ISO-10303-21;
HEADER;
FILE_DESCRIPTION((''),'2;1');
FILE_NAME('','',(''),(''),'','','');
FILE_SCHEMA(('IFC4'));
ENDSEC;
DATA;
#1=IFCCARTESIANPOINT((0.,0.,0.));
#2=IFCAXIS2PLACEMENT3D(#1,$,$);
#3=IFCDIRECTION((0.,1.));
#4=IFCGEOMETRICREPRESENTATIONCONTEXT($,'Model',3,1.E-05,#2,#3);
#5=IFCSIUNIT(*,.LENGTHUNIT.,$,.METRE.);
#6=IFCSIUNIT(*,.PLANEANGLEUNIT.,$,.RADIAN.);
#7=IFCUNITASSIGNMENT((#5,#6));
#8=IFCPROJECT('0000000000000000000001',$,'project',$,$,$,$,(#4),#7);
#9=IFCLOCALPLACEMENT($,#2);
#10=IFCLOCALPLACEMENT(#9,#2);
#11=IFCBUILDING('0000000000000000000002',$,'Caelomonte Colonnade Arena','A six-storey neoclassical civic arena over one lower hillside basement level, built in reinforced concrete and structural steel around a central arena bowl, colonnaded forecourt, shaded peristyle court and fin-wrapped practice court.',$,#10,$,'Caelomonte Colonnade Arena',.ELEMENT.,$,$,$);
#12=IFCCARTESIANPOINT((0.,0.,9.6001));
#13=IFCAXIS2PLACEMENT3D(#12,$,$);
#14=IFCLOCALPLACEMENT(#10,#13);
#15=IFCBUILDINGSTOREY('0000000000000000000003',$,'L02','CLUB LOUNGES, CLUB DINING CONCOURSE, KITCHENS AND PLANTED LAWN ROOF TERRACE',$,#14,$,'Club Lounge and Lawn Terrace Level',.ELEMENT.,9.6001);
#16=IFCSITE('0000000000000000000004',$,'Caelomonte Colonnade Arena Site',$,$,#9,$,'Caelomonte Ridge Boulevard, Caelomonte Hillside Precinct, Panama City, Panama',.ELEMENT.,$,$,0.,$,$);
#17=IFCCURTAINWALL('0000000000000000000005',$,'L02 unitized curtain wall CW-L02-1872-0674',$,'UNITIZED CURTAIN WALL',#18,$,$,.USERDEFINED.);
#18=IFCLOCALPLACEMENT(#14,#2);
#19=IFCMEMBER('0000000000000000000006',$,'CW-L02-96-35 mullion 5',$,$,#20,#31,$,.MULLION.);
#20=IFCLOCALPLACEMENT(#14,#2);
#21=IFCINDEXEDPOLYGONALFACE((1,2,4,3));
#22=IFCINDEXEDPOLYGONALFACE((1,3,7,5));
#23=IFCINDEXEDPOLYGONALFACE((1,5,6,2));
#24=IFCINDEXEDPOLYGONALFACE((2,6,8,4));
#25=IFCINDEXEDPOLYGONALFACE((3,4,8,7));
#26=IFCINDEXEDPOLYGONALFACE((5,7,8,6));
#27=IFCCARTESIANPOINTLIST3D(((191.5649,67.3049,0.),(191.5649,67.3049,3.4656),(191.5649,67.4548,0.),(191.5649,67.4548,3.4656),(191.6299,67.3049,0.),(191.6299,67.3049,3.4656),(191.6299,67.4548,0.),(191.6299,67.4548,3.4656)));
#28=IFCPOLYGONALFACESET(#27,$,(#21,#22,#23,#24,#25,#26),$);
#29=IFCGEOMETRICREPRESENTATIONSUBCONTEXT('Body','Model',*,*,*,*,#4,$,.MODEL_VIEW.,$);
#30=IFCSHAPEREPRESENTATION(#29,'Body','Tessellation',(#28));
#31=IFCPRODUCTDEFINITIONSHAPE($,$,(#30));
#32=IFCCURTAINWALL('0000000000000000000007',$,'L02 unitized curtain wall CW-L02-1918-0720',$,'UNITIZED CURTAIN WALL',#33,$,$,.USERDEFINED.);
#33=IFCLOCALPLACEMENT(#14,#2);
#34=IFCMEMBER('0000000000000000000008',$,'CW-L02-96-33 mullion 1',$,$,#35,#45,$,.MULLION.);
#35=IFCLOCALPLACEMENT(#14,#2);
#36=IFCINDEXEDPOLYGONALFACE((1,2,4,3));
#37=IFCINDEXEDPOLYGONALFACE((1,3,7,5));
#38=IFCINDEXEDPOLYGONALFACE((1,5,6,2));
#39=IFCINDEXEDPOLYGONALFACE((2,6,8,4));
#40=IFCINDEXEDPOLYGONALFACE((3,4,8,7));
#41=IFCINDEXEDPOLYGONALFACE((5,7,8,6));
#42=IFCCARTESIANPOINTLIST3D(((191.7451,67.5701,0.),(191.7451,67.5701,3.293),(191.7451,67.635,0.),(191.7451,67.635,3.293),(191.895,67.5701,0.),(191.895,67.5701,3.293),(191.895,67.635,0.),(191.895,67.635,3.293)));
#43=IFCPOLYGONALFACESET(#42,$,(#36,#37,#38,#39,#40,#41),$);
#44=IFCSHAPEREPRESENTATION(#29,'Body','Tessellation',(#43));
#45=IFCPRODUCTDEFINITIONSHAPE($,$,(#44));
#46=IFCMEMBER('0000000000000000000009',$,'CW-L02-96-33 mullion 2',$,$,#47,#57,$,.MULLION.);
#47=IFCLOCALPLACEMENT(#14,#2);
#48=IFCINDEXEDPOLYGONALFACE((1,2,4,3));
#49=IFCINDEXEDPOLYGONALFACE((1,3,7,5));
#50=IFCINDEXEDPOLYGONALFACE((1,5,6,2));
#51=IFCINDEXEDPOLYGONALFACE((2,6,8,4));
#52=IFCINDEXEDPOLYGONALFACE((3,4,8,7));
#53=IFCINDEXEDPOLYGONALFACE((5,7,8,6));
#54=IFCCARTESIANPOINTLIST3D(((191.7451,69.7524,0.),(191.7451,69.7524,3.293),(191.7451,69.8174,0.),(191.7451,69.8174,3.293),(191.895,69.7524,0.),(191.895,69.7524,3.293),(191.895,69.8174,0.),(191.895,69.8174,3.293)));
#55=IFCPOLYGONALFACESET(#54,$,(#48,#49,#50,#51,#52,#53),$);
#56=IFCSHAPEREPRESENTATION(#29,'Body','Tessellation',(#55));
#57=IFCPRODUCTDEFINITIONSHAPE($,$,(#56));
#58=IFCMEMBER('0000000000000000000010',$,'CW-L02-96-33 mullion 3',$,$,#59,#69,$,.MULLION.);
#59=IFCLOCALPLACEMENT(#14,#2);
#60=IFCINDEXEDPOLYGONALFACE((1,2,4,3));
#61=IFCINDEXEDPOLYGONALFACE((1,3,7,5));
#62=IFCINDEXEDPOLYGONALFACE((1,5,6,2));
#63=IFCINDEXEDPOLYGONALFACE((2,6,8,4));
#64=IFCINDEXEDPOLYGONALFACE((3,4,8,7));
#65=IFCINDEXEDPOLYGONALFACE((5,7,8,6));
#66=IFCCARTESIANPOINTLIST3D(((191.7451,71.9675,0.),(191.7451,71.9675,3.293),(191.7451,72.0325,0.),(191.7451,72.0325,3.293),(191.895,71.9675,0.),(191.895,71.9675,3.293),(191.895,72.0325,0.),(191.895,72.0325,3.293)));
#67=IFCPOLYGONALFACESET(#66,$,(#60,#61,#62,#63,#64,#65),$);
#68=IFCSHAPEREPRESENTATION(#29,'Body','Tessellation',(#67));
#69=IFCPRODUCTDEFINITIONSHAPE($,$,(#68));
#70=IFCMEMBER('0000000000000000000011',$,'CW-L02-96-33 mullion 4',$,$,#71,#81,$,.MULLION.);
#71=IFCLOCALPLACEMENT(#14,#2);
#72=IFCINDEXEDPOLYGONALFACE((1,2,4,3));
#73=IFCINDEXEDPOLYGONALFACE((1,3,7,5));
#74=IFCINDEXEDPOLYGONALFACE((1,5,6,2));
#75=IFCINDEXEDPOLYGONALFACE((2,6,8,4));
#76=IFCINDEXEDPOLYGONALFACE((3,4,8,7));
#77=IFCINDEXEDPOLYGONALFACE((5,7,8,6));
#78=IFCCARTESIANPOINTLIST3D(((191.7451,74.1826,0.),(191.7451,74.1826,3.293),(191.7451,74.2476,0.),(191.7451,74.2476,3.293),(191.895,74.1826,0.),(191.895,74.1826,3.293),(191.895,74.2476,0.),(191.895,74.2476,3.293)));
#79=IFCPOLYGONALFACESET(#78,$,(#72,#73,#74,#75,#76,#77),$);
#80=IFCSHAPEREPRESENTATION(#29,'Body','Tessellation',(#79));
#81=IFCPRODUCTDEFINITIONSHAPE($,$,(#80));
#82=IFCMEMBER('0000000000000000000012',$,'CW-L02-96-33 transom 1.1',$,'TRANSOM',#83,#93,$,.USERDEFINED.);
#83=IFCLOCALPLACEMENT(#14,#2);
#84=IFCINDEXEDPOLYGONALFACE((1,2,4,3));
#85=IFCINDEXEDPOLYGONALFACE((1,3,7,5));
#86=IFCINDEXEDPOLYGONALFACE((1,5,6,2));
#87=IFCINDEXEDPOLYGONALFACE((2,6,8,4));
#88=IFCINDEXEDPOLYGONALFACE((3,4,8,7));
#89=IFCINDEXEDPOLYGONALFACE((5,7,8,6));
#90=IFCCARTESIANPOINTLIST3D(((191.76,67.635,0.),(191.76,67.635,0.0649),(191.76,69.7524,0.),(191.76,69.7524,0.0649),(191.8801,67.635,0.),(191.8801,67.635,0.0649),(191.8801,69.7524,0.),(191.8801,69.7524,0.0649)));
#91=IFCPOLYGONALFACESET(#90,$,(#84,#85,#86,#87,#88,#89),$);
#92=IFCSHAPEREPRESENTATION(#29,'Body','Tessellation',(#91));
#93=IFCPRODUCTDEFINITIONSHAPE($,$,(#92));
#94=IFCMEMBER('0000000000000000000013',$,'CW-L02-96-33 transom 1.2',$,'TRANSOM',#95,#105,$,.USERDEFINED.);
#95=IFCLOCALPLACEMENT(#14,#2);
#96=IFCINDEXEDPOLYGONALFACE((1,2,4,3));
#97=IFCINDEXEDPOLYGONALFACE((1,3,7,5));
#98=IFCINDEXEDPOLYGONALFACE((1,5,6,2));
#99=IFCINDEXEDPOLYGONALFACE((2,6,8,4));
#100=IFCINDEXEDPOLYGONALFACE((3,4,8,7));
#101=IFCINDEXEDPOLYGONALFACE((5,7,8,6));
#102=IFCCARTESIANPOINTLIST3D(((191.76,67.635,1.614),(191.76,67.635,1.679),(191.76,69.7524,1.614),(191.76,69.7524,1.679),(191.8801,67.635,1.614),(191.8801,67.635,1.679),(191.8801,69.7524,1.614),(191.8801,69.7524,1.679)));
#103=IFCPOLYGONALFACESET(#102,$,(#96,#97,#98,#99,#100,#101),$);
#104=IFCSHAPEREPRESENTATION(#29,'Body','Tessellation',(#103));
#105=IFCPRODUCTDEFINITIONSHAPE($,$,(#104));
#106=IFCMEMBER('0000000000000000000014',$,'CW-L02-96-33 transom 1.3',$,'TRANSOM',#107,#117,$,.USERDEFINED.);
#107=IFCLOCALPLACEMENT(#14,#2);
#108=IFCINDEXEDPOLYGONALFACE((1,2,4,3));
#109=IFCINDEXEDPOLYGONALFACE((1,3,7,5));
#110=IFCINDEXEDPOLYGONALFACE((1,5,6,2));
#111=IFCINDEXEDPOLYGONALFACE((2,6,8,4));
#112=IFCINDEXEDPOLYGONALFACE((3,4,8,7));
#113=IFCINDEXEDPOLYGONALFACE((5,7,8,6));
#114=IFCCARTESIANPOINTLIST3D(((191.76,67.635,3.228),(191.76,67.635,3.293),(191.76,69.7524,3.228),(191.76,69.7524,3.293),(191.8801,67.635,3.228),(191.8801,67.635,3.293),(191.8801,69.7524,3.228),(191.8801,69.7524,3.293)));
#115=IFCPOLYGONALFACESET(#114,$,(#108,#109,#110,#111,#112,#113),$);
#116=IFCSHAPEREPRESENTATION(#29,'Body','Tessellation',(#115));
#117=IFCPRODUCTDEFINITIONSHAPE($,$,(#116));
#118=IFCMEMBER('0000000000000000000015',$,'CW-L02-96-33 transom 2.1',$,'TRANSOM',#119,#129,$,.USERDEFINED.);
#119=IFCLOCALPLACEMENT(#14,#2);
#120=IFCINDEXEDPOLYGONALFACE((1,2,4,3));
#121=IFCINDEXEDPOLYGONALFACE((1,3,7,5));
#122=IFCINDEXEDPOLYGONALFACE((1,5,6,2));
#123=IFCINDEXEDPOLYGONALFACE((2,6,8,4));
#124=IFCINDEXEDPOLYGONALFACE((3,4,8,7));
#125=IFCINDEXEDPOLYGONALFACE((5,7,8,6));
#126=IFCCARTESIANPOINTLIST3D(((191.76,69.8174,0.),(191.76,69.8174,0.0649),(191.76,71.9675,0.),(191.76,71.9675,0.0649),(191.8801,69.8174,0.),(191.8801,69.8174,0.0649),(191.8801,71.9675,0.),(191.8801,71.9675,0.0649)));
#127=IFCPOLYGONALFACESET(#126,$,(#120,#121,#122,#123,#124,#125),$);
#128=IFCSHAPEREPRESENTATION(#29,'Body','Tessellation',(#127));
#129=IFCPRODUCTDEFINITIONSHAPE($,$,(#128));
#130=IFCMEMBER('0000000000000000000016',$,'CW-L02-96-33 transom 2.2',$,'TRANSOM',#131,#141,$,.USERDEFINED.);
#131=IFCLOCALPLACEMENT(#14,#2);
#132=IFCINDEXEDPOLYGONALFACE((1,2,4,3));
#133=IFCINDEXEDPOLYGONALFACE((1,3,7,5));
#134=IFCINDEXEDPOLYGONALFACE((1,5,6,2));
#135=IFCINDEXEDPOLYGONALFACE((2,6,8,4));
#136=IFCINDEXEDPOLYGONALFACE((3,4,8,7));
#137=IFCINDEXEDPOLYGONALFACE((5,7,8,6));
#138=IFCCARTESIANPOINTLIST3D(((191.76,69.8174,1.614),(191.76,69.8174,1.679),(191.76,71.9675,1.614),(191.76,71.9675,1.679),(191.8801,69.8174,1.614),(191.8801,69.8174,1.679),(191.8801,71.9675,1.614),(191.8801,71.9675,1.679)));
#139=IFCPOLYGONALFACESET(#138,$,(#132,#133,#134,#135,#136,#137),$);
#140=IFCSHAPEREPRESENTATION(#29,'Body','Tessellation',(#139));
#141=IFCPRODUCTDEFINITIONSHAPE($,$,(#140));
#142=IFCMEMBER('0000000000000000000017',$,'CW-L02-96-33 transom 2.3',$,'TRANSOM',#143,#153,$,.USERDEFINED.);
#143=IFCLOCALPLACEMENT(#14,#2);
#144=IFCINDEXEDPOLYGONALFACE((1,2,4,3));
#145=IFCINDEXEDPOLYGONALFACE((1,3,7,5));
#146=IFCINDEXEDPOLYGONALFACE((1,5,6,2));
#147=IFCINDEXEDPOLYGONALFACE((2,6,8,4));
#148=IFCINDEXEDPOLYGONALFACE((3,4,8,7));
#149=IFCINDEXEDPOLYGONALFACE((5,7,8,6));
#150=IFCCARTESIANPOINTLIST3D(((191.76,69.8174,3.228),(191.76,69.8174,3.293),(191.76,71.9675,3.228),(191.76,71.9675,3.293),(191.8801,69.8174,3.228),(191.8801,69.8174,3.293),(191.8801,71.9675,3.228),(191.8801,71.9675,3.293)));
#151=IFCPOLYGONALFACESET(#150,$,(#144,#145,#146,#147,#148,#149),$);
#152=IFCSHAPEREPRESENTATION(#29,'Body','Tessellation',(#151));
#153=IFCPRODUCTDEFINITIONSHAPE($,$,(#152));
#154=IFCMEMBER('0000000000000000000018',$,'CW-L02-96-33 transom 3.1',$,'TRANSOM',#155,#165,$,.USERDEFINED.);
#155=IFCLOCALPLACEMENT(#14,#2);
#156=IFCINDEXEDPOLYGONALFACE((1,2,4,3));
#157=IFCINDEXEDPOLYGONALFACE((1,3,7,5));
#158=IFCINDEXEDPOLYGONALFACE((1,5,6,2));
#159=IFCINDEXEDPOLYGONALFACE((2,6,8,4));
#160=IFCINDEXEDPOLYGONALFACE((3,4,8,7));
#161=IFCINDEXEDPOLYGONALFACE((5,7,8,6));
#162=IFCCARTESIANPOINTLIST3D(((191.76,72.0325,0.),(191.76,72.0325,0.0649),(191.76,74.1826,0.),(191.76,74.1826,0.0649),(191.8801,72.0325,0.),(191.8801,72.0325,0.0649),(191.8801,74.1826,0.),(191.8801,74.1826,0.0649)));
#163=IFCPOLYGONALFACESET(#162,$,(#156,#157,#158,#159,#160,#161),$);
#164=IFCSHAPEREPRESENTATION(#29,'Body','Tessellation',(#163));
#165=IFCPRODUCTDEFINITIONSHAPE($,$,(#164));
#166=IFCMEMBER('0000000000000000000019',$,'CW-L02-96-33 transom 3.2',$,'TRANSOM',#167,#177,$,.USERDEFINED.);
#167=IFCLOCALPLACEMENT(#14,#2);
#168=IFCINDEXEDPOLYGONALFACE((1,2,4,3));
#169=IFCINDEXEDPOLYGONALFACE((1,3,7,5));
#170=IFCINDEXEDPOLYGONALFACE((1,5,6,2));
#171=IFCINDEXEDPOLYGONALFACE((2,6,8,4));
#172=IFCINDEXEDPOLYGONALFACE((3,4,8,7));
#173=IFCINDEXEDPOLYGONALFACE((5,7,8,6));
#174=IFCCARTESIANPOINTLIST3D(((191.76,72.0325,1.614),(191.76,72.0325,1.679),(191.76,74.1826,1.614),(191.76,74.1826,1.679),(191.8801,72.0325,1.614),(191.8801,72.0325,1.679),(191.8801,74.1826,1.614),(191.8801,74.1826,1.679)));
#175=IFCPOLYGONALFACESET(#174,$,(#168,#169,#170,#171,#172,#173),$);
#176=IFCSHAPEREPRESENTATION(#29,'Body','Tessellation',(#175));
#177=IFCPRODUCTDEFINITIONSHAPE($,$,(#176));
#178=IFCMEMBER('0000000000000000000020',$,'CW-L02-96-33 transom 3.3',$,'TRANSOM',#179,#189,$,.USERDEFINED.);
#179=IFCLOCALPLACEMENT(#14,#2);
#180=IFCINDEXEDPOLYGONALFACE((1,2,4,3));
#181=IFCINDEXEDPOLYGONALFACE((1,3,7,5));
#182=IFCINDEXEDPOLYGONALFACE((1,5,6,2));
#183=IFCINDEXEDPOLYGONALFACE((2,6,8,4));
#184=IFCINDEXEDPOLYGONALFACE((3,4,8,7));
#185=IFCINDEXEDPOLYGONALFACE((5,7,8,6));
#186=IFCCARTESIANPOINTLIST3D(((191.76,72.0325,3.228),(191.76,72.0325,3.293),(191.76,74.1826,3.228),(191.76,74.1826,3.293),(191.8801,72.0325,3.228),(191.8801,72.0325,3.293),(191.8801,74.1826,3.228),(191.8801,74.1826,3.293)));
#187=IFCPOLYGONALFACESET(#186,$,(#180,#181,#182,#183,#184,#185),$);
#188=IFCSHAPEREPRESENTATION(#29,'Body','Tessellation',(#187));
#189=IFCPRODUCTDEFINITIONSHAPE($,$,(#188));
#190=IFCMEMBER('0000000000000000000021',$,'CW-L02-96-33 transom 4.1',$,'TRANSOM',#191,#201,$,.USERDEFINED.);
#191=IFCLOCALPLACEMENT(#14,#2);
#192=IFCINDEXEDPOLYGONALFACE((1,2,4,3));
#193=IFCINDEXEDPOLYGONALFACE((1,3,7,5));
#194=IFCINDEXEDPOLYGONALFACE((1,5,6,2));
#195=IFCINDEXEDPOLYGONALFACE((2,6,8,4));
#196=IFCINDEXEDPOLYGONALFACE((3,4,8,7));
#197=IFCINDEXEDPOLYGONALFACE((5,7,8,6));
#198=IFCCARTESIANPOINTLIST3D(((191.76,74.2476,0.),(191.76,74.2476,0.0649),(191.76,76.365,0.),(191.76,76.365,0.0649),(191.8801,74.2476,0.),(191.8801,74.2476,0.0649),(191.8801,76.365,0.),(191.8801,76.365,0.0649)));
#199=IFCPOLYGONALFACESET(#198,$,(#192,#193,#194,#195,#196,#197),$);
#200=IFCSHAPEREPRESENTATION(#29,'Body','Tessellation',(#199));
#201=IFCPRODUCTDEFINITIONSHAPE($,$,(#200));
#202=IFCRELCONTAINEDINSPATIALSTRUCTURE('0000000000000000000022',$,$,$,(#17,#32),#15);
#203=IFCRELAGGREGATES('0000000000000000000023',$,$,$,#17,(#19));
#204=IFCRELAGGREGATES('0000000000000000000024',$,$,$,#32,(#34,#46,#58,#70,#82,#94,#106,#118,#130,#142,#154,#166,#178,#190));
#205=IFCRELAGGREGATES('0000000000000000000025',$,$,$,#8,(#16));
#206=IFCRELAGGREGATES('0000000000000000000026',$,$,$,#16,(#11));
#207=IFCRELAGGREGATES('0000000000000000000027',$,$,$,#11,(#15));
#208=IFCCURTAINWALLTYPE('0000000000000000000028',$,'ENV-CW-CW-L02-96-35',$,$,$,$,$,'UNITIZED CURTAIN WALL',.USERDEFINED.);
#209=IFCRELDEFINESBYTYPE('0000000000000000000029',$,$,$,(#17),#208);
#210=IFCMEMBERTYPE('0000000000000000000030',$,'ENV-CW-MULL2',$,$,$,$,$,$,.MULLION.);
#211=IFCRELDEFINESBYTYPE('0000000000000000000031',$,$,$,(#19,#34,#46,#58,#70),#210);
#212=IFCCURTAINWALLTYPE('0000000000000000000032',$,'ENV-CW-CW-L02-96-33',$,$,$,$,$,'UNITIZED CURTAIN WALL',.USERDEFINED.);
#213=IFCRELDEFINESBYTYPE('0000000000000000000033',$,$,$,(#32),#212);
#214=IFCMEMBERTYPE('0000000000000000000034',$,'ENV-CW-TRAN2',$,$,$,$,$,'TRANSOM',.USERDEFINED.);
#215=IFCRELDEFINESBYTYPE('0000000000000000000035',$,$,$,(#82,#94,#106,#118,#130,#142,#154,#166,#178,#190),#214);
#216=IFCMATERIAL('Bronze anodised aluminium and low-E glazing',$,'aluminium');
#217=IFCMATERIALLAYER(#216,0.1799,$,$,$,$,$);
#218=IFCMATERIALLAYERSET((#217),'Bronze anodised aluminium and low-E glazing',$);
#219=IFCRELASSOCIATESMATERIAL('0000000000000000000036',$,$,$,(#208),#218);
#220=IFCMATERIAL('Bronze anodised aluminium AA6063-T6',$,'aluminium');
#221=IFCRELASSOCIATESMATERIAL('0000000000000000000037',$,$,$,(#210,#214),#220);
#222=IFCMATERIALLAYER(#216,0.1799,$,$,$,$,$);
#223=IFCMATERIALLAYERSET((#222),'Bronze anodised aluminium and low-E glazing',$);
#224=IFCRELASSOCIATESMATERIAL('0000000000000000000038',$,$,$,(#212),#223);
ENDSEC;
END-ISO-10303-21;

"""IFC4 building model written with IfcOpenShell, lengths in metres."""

from ifc_helpers import new_model, si_unit, direction, frame, origin, origin_2d, place, context, subcontext, project, spatial, rectangle, extrude, material, layer, layer_set, material_profile, profile_set, type_object, element, aggregate, save


model = new_model("IFC4")

# Units and contexts
model_context = context("Model", 3, precision=1e-05, world=origin(), true_north=direction((0.0, 1.0)))
body_context = subcontext(model_context, "Body", "Model", "MODEL_VIEW")
ifc_project = project(units=[si_unit("LENGTHUNIT", "METRE"), si_unit("PLANEANGLEUNIT", "RADIAN")], contexts=[model_context])

# Site, building, storey
site_placement = place(None, origin())
site = spatial("IfcSite", under=ifc_project, at=site_placement, Name="Caelomonte Colonnade Arena Site", LongName="Caelomonte Ridge Boulevard, Caelomonte Hillside Precinct, Panama City, Panama", CompositionType="ELEMENT", RefElevation=0.0)
building_placement = place(site_placement, origin())
building = spatial("IfcBuilding", under=site, at=building_placement, Name="Caelomonte Colonnade Arena", Description="A six-storey neoclassical civic arena over one lower hillside basement level, built in reinforced concrete and structural steel around a central arena bowl, colonnaded forecourt, shaded peristyle court and fin-wrapped practice court.", LongName="Caelomonte Colonnade Arena", CompositionType="ELEMENT")
storey_placement = place(building_placement, frame((0.0, 0.0, 9.6001)))
storey = spatial("IfcBuildingStorey", under=building, at=storey_placement, Name="L02", Description="CLUB LOUNGES, CLUB DINING CONCOURSE, KITCHENS AND PLANTED LAWN ROOF TERRACE", LongName="Club Lounge and Lawn Terrace Level", CompositionType="ELEMENT", Elevation=9.6001)

# Curtain wall, member
ifc_material_1 = material(Name="Bronze anodised aluminium and low-E glazing", Category="aluminium")
ifc_layer_1 = layer(ifc_material_1, 0.1799)
ifc_layer_set_1 = layer_set([ifc_layer_1], Name="Bronze anodised aluminium and low-E glazing")
curtain_wall_type_1 = type_object("IfcCurtainWallType", Name="ENV-CW-CW-L02-96-35", ElementType="UNITIZED CURTAIN WALL", PredefinedType="USERDEFINED", material=ifc_layer_set_1)
curtain_wall_1_placement = place(storey_placement, origin())
curtain_wall_1 = element("IfcCurtainWall", 1, at=curtain_wall_1_placement, inside=storey, type_object=curtain_wall_type_1, Name="L02 unitized curtain wall CW-L02-1872-0674", ObjectType="UNITIZED CURTAIN WALL", PredefinedType="USERDEFINED")
ifc_material_2 = material(Name="Bronze anodised aluminium AA6063-T6", Category="aluminium")
ifc_material_profile_1 = material_profile(ifc_material_2, rectangle(XDim=0.0649, YDim=0.1499, at=origin_2d()), Name="CWM-65X150")
ifc_profile_set_1 = profile_set([ifc_material_profile_1], Name="Bronze anodised aluminium AA6063-T6")
member_type_1 = type_object("IfcMemberType", Name="ENV-CW-MULL2", PredefinedType="MULLION", material=ifc_profile_set_1)
member_1_placement = place(storey_placement, frame((191.5974, 67.3799, 0.0), z_axis=(0.0, 0.0, 1.0), x_axis=(1.0, 0.0, 0.0)))
member_1 = element("IfcMember", 2, at=member_1_placement, type_object=member_type_1, Name="CW-L02-96-35 mullion 5", PredefinedType="MULLION", context=body_context, shape_type="SweptSolid", body=[
    extrude(rectangle(XDim=0.0649, YDim=0.1499, at=origin_2d()), origin(), (0.0, 0.0, 1.0), 3.4656),
])

# Curtain wall, members
ifc_layer_2 = layer(ifc_material_1, 0.1799)
ifc_layer_set_2 = layer_set([ifc_layer_2], Name="Bronze anodised aluminium and low-E glazing")
curtain_wall_type_2 = type_object("IfcCurtainWallType", Name="ENV-CW-CW-L02-96-33", ElementType="UNITIZED CURTAIN WALL", PredefinedType="USERDEFINED", material=ifc_layer_set_2)
curtain_wall_2_placement = place(storey_placement, origin())
curtain_wall_2 = element("IfcCurtainWall", 3, at=curtain_wall_2_placement, inside=storey, type_object=curtain_wall_type_2, Name="L02 unitized curtain wall CW-L02-1918-0720", ObjectType="UNITIZED CURTAIN WALL", PredefinedType="USERDEFINED")
member_2_placement = place(storey_placement, frame((191.8201, 67.6025, 0.0), z_axis=(0.0, 0.0, 1.0), x_axis=(0.0, 1.0, 0.0)))
member_2 = element("IfcMember", 4, at=member_2_placement, type_object=member_type_1, Name="CW-L02-96-33 mullion 1", PredefinedType="MULLION", context=body_context, shape_type="SweptSolid", body=[
    extrude(rectangle(XDim=0.0649, YDim=0.1499, at=origin_2d()), origin(), (0.0, 0.0, 1.0), 3.293),
])
member_3_placement = place(storey_placement, frame((191.8201, 69.7849, 0.0), z_axis=(0.0, 0.0, 1.0), x_axis=(0.0, 1.0, 0.0)))
member_3 = element("IfcMember", 5, at=member_3_placement, type_object=member_type_1, Name="CW-L02-96-33 mullion 2", PredefinedType="MULLION", context=body_context, shape_type="SweptSolid", body=[
    extrude(rectangle(XDim=0.0649, YDim=0.1499, at=origin_2d()), origin(), (0.0, 0.0, 1.0), 3.293),
])
member_4_placement = place(storey_placement, frame((191.8201, 72.0, 0.0), z_axis=(0.0, 0.0, 1.0), x_axis=(0.0, 1.0, 0.0)))
member_4 = element("IfcMember", 6, at=member_4_placement, type_object=member_type_1, Name="CW-L02-96-33 mullion 3", PredefinedType="MULLION", context=body_context, shape_type="SweptSolid", body=[
    extrude(rectangle(XDim=0.0649, YDim=0.1499, at=origin_2d()), origin(), (0.0, 0.0, 1.0), 3.293),
])
member_5_placement = place(storey_placement, frame((191.8201, 74.2151, 0.0), z_axis=(0.0, 0.0, 1.0), x_axis=(0.0, 1.0, 0.0)))
member_5 = element("IfcMember", 7, at=member_5_placement, type_object=member_type_1, Name="CW-L02-96-33 mullion 4", PredefinedType="MULLION", context=body_context, shape_type="SweptSolid", body=[
    extrude(rectangle(XDim=0.0649, YDim=0.1499, at=origin_2d()), origin(), (0.0, 0.0, 1.0), 3.293),
])
ifc_material_profile_2 = material_profile(ifc_material_2, rectangle(XDim=0.0649, YDim=0.1201, at=origin_2d()), Name="CWT-65X120")
ifc_profile_set_2 = profile_set([ifc_material_profile_2], Name="Bronze anodised aluminium AA6063-T6")
member_type_2 = type_object("IfcMemberType", Name="ENV-CW-TRAN2", ElementType="TRANSOM", PredefinedType="USERDEFINED", material=ifc_profile_set_2)
member_6_placement = place(storey_placement, frame((191.8201, 67.635, 0.0325), z_axis=(0.0, 1.0, 0.0), x_axis=(0.0, 0.0, 1.0)))
member_6 = element("IfcMember", 8, at=member_6_placement, type_object=member_type_2, Name="CW-L02-96-33 transom 1.1", ObjectType="TRANSOM", PredefinedType="USERDEFINED", context=body_context, shape_type="SweptSolid", body=[
    extrude(rectangle(XDim=0.0649, YDim=0.1201, at=origin_2d()), origin(), (0.0, 0.0, 1.0), 2.1174),
])
member_7_placement = place(storey_placement, frame((191.8201, 67.635, 1.6465), z_axis=(0.0, 1.0, 0.0), x_axis=(0.0, 0.0, 1.0)))
member_7 = element("IfcMember", 9, at=member_7_placement, type_object=member_type_2, Name="CW-L02-96-33 transom 1.2", ObjectType="TRANSOM", PredefinedType="USERDEFINED", context=body_context, shape_type="SweptSolid", body=[
    extrude(rectangle(XDim=0.0649, YDim=0.1201, at=origin_2d()), origin(), (0.0, 0.0, 1.0), 2.1174),
])
member_8_placement = place(storey_placement, frame((191.8201, 67.635, 3.2605), z_axis=(0.0, 1.0, 0.0), x_axis=(0.0, 0.0, 1.0)))
member_8 = element("IfcMember", 10, at=member_8_placement, type_object=member_type_2, Name="CW-L02-96-33 transom 1.3", ObjectType="TRANSOM", PredefinedType="USERDEFINED", context=body_context, shape_type="SweptSolid", body=[
    extrude(rectangle(XDim=0.0649, YDim=0.1201, at=origin_2d()), origin(), (0.0, 0.0, 1.0), 2.1174),
])
member_9_placement = place(storey_placement, frame((191.8201, 69.8174, 0.0325), z_axis=(0.0, 1.0, 0.0), x_axis=(0.0, 0.0, 1.0)))
member_9 = element("IfcMember", 11, at=member_9_placement, type_object=member_type_2, Name="CW-L02-96-33 transom 2.1", ObjectType="TRANSOM", PredefinedType="USERDEFINED", context=body_context, shape_type="SweptSolid", body=[
    extrude(rectangle(XDim=0.0649, YDim=0.1201, at=origin_2d()), origin(), (0.0, 0.0, 1.0), 2.1501),
])
member_10_placement = place(storey_placement, frame((191.8201, 69.8174, 1.6465), z_axis=(0.0, 1.0, 0.0), x_axis=(0.0, 0.0, 1.0)))
member_10 = element("IfcMember", 12, at=member_10_placement, type_object=member_type_2, Name="CW-L02-96-33 transom 2.2", ObjectType="TRANSOM", PredefinedType="USERDEFINED", context=body_context, shape_type="SweptSolid", body=[
    extrude(rectangle(XDim=0.0649, YDim=0.1201, at=origin_2d()), origin(), (0.0, 0.0, 1.0), 2.1501),
])
member_11_placement = place(storey_placement, frame((191.8201, 69.8174, 3.2605), z_axis=(0.0, 1.0, 0.0), x_axis=(0.0, 0.0, 1.0)))
member_11 = element("IfcMember", 13, at=member_11_placement, type_object=member_type_2, Name="CW-L02-96-33 transom 2.3", ObjectType="TRANSOM", PredefinedType="USERDEFINED", context=body_context, shape_type="SweptSolid", body=[
    extrude(rectangle(XDim=0.0649, YDim=0.1201, at=origin_2d()), origin(), (0.0, 0.0, 1.0), 2.1501),
])
member_12_placement = place(storey_placement, frame((191.8201, 72.0325, 0.0325), z_axis=(0.0, 1.0, 0.0), x_axis=(0.0, 0.0, 1.0)))
member_12 = element("IfcMember", 14, at=member_12_placement, type_object=member_type_2, Name="CW-L02-96-33 transom 3.1", ObjectType="TRANSOM", PredefinedType="USERDEFINED", context=body_context, shape_type="SweptSolid", body=[
    extrude(rectangle(XDim=0.0649, YDim=0.1201, at=origin_2d()), origin(), (0.0, 0.0, 1.0), 2.1501),
])
member_13_placement = place(storey_placement, frame((191.8201, 72.0325, 1.6465), z_axis=(0.0, 1.0, 0.0), x_axis=(0.0, 0.0, 1.0)))
member_13 = element("IfcMember", 15, at=member_13_placement, type_object=member_type_2, Name="CW-L02-96-33 transom 3.2", ObjectType="TRANSOM", PredefinedType="USERDEFINED", context=body_context, shape_type="SweptSolid", body=[
    extrude(rectangle(XDim=0.0649, YDim=0.1201, at=origin_2d()), origin(), (0.0, 0.0, 1.0), 2.1501),
])
member_14_placement = place(storey_placement, frame((191.8201, 72.0325, 3.2605), z_axis=(0.0, 1.0, 0.0), x_axis=(0.0, 0.0, 1.0)))
member_14 = element("IfcMember", 16, at=member_14_placement, type_object=member_type_2, Name="CW-L02-96-33 transom 3.3", ObjectType="TRANSOM", PredefinedType="USERDEFINED", context=body_context, shape_type="SweptSolid", body=[
    extrude(rectangle(XDim=0.0649, YDim=0.1201, at=origin_2d()), origin(), (0.0, 0.0, 1.0), 2.1501),
])
member_15_placement = place(storey_placement, frame((191.8201, 74.2476, 0.0325), z_axis=(0.0, 1.0, 0.0), x_axis=(0.0, 0.0, 1.0)))
member_15 = element("IfcMember", 17, at=member_15_placement, type_object=member_type_2, Name="CW-L02-96-33 transom 4.1", ObjectType="TRANSOM", PredefinedType="USERDEFINED", context=body_context, shape_type="SweptSolid", body=[
    extrude(rectangle(XDim=0.0649, YDim=0.1201, at=origin_2d()), origin(), (0.0, 0.0, 1.0), 2.1174),
])

aggregate(curtain_wall_1, [member_1])
aggregate(curtain_wall_2, [member_2, member_3, member_4, member_5, member_6, member_7, member_8, member_9, member_10, member_11, member_12, member_13, member_14, member_15])

save(model, "model.ifc")
